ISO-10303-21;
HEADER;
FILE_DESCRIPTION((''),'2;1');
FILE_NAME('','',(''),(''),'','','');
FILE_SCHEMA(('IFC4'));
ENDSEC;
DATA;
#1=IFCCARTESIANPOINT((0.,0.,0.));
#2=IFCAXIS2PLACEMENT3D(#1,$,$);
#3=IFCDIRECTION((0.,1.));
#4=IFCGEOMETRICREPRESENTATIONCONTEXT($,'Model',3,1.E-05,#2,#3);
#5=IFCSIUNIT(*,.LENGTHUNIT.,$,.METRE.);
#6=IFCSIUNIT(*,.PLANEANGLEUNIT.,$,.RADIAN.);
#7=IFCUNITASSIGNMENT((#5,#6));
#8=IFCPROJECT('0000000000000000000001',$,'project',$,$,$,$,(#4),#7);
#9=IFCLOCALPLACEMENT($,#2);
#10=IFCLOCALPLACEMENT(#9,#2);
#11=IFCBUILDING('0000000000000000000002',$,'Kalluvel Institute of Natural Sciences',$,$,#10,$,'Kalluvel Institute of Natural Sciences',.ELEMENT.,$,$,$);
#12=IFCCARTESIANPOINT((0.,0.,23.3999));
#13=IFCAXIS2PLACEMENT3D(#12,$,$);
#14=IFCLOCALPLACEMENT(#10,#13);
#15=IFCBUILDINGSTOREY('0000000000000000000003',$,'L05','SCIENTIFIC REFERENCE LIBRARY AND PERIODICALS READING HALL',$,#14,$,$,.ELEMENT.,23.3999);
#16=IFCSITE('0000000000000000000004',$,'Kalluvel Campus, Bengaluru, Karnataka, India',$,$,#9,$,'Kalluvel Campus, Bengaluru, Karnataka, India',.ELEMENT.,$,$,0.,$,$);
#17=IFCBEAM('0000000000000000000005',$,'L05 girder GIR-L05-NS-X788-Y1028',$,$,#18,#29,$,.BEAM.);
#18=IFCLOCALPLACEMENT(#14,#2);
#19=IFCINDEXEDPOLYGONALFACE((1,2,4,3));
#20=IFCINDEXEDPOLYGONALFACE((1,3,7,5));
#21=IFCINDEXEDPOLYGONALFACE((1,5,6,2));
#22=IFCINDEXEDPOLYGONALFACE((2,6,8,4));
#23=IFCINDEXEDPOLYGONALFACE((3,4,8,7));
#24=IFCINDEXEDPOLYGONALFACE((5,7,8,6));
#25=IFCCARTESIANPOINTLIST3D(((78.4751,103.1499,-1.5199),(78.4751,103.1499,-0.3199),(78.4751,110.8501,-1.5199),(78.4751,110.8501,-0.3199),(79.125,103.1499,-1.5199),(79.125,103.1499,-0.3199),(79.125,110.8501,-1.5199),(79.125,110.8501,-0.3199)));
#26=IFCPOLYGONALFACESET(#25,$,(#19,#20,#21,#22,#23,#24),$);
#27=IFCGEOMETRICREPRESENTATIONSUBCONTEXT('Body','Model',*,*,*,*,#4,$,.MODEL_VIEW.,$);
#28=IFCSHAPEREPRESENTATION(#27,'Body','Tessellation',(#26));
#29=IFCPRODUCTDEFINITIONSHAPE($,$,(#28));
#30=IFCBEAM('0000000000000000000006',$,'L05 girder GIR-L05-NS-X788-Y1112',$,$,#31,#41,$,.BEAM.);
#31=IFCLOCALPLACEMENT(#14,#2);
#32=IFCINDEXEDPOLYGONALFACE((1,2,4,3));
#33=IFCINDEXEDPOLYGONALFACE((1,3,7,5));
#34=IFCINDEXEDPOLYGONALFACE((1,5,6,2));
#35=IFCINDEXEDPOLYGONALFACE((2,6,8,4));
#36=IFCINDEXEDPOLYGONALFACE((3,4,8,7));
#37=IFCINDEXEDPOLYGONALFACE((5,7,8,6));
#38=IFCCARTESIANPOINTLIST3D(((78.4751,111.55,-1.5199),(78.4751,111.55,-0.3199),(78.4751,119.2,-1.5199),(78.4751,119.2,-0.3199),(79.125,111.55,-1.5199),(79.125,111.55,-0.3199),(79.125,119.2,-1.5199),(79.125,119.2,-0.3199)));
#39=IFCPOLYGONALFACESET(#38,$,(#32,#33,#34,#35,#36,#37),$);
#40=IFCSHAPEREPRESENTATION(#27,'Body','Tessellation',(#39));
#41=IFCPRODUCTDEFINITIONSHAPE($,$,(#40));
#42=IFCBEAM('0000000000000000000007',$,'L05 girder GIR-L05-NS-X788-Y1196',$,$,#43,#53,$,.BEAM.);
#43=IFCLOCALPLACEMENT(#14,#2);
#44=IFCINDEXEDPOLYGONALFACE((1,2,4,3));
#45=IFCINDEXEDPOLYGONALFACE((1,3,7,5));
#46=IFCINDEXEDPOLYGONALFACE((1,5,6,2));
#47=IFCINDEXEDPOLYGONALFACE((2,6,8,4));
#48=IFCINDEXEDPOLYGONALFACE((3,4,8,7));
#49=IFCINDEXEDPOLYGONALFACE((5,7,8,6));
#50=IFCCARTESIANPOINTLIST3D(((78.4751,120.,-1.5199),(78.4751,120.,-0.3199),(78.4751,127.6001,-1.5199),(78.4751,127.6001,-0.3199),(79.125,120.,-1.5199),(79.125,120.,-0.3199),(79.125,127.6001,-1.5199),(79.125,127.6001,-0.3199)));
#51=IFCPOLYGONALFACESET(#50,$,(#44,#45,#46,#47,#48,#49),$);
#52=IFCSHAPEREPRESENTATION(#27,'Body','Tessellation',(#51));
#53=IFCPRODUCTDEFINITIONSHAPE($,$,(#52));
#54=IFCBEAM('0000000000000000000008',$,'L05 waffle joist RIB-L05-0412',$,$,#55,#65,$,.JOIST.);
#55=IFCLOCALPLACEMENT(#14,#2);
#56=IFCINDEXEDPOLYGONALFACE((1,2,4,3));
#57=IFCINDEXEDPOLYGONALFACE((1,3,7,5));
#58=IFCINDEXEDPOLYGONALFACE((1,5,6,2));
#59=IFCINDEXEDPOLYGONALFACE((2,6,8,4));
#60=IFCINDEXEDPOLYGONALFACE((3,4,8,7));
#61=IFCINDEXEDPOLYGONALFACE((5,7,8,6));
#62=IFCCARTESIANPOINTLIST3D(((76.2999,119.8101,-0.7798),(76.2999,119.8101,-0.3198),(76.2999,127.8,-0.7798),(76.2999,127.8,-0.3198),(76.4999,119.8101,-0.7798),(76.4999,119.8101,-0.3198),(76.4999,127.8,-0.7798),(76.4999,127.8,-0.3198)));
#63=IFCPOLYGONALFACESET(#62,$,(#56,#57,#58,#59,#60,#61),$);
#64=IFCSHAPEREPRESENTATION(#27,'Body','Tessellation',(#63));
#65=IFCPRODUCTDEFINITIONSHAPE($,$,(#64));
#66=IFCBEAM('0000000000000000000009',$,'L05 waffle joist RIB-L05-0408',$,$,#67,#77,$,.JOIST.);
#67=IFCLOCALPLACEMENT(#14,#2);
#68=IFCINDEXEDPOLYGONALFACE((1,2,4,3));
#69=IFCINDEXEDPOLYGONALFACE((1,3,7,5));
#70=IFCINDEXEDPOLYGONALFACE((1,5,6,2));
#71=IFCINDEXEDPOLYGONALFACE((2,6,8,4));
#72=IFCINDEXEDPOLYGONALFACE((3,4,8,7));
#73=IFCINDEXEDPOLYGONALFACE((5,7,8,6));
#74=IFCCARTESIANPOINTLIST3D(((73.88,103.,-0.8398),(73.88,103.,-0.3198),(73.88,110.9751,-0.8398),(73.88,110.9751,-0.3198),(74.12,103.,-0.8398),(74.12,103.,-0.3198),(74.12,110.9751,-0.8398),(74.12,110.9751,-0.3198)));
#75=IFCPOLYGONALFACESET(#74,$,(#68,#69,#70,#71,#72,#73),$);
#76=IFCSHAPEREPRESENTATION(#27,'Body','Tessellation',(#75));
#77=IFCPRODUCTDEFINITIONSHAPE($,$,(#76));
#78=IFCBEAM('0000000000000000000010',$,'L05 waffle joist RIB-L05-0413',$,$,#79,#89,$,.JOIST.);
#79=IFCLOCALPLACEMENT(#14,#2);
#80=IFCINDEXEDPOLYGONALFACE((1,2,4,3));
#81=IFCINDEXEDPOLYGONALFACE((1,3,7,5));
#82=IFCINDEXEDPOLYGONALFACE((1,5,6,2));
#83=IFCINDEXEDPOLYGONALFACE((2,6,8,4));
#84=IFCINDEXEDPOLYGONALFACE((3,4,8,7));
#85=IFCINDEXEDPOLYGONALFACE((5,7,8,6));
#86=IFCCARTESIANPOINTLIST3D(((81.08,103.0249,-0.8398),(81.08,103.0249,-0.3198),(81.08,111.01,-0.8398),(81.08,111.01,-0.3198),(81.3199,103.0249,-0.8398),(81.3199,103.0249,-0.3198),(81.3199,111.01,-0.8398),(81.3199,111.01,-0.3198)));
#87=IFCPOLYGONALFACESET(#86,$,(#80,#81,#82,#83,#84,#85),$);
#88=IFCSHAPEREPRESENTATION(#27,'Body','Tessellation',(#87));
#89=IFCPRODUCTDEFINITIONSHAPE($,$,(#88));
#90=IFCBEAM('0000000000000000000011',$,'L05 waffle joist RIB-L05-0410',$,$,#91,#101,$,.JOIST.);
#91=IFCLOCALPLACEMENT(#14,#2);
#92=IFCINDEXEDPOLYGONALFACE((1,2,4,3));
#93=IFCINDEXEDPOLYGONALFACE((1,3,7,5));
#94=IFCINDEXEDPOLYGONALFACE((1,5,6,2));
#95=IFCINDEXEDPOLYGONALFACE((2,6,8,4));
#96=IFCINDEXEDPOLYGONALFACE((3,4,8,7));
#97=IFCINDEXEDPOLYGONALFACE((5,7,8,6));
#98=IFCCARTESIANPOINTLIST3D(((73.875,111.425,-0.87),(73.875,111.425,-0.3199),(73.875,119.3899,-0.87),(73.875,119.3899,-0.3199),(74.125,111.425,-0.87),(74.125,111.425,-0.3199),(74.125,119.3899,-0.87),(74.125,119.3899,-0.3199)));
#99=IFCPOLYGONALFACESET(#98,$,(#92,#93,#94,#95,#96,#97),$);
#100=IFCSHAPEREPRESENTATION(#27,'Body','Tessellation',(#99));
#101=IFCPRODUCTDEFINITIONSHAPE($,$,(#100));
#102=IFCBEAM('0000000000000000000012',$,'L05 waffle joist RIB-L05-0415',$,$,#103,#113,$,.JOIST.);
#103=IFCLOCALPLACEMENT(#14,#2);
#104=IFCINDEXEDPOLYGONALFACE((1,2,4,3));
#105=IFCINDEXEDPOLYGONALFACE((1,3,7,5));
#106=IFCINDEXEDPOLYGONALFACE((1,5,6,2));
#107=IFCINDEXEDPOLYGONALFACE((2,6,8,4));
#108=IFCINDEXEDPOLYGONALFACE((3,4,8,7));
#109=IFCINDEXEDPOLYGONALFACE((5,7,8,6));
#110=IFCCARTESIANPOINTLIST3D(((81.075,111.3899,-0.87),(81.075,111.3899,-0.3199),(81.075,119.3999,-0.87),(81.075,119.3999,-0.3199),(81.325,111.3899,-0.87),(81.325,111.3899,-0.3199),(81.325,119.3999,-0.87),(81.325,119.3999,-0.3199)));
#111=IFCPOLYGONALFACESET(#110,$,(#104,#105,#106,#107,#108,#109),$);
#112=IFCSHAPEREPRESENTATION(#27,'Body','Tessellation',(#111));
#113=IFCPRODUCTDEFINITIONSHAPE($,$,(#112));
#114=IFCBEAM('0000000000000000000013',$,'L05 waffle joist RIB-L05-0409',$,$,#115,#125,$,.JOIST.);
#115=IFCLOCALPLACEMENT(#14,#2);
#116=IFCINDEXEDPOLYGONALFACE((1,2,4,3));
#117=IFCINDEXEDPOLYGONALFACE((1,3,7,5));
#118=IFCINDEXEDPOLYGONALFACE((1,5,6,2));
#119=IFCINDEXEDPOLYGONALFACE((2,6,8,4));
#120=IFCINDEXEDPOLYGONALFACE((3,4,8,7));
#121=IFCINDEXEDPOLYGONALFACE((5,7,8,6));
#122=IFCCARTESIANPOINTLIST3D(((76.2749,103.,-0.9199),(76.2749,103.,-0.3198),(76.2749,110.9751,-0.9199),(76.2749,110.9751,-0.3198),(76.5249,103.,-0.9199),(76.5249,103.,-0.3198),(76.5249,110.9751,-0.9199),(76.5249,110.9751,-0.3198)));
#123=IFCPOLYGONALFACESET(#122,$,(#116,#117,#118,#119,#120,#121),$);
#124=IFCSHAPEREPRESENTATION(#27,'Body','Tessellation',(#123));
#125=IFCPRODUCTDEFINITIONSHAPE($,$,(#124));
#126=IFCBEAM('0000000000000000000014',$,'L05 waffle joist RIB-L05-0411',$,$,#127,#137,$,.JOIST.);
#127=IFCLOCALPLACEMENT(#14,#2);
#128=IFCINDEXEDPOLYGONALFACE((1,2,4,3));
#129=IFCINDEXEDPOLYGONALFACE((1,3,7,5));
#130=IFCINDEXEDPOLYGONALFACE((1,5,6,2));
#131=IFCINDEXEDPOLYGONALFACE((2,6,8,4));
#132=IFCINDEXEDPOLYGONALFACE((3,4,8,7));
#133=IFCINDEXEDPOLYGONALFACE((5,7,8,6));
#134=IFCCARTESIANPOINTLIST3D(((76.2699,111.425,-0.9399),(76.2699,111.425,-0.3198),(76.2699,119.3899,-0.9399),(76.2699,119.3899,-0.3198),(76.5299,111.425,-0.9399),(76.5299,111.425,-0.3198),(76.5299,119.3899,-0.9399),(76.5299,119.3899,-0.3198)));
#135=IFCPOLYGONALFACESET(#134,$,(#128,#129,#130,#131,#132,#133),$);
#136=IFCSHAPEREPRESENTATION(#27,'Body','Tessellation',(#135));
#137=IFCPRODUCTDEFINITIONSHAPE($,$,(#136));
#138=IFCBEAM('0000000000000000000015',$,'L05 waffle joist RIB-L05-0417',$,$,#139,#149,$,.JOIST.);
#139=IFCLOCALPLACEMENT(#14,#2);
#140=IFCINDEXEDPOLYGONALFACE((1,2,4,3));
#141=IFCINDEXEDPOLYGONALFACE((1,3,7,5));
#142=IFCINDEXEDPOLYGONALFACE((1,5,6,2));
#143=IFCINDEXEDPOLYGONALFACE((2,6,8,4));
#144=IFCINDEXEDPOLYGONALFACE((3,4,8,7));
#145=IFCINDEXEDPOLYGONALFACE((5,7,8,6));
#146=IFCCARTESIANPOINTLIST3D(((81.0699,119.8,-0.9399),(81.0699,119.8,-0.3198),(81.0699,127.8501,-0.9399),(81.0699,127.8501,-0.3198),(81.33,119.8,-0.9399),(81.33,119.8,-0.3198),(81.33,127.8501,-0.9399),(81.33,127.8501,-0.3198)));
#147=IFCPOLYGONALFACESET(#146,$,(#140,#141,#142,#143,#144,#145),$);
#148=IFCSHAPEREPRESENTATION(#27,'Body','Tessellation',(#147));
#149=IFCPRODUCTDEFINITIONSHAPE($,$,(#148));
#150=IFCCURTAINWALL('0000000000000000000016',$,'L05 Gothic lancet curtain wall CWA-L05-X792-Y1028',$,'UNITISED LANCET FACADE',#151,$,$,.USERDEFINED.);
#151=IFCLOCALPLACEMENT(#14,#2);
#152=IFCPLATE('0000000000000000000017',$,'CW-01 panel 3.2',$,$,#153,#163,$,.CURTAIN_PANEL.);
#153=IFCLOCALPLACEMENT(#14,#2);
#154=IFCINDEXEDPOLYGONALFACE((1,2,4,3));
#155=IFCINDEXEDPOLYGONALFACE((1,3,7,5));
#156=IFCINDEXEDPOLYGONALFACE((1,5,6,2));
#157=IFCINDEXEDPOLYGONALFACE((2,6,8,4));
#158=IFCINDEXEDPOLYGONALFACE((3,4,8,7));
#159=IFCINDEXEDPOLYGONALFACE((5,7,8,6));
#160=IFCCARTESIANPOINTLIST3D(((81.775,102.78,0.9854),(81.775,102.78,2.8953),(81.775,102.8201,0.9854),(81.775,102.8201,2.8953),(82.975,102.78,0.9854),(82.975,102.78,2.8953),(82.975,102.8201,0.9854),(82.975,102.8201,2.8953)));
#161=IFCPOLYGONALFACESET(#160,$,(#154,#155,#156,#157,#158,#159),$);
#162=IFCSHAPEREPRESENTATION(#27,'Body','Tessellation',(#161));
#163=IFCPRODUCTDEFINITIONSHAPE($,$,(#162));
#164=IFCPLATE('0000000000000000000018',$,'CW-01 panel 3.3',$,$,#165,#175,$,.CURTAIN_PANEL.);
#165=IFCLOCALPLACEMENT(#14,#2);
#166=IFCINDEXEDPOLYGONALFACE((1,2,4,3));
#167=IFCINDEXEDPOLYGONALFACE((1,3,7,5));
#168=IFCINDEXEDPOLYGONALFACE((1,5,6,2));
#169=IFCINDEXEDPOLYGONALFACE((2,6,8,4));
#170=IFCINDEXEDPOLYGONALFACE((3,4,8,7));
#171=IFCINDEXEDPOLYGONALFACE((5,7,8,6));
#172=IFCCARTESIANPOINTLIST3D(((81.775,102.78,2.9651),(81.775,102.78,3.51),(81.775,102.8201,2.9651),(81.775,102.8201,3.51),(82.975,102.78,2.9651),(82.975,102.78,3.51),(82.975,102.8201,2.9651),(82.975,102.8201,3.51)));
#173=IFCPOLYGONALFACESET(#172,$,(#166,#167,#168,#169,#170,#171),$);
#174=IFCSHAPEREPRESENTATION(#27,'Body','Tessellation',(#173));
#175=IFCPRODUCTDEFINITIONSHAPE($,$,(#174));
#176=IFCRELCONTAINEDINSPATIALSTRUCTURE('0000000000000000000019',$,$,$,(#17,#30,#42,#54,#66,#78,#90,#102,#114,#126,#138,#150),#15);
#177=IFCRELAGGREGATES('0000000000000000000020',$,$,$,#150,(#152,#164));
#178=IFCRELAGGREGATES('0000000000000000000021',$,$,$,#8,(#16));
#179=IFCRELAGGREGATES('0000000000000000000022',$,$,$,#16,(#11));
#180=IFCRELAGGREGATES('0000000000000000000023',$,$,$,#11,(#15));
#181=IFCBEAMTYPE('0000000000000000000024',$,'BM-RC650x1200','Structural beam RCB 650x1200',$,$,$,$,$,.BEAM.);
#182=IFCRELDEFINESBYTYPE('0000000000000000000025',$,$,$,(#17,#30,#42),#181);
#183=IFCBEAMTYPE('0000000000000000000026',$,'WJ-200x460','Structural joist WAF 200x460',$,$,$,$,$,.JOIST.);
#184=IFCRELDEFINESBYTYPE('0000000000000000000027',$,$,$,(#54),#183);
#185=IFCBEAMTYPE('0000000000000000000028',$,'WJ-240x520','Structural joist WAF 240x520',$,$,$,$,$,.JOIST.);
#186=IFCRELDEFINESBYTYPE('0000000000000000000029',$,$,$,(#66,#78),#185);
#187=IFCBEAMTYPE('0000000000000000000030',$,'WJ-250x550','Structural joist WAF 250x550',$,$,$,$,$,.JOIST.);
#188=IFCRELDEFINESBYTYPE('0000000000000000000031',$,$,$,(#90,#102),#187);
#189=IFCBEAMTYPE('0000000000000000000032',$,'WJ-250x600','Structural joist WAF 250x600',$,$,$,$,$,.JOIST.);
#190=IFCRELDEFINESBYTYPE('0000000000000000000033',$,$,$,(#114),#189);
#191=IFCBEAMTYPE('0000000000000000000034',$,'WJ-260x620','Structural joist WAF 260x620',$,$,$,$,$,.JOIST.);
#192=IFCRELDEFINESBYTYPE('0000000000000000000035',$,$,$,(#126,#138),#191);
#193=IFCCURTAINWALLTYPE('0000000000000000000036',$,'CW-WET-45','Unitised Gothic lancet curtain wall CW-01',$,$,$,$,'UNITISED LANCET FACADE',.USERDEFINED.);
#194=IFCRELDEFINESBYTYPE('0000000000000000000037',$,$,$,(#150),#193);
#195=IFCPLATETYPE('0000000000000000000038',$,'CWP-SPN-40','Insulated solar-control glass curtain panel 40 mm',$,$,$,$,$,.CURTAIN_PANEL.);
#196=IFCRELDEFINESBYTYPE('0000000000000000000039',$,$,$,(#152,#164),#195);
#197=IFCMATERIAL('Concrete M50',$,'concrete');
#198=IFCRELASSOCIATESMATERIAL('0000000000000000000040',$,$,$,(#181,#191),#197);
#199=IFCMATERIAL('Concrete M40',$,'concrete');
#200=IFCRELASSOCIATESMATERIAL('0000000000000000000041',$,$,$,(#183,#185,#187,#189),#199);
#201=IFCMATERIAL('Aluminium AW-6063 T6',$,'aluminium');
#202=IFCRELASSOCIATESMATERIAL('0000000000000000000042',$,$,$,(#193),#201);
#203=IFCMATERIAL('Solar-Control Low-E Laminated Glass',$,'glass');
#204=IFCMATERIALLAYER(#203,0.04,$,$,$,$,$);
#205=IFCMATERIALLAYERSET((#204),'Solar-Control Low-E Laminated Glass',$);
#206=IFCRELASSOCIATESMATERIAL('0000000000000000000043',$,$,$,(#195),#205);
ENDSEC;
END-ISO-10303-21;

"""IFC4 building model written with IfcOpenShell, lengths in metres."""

from ifc_helpers import new_model, si_unit, direction, frame, origin, origin_2d, place, context, subcontext, project, spatial, rectangle, extrude, material, layer, layer_set, material_profile, profile_set, type_object, element, aggregate, save


model = new_model("IFC4")

# Units and contexts
model_context = context("Model", 3, precision=1e-05, world=origin(), true_north=direction((0.0, 1.0)))
body_context = subcontext(model_context, "Body", "Model", "MODEL_VIEW")
ifc_project = project(units=[si_unit("LENGTHUNIT", "METRE"), si_unit("PLANEANGLEUNIT", "RADIAN")], contexts=[model_context])

# Site, building, storey
site_placement = place(None, origin())
site = spatial("IfcSite", under=ifc_project, at=site_placement, Name="Kalluvel Campus, Bengaluru, Karnataka, India", LongName="Kalluvel Campus, Bengaluru, Karnataka, India", CompositionType="ELEMENT", RefElevation=0.0)
building_placement = place(site_placement, origin())
building = spatial("IfcBuilding", under=site, at=building_placement, Name="Kalluvel Institute of Natural Sciences", LongName="Kalluvel Institute of Natural Sciences", CompositionType="ELEMENT")
storey_placement = place(building_placement, frame((0.0, 0.0, 23.3999)))
storey = spatial("IfcBuildingStorey", under=building, at=storey_placement, Name="L05", Description="SCIENTIFIC REFERENCE LIBRARY AND PERIODICALS READING HALL", CompositionType="ELEMENT", Elevation=23.3999)

# Shared definitions
ifc_material_1 = material(Name="Concrete M50", Category="concrete")
ifc_material_2 = material(Name="Concrete M40", Category="concrete")

# Beams
ifc_material_profile_1 = material_profile(ifc_material_1, rectangle(XDim=0.6499, YDim=1.2, at=origin_2d()), Name="RCB 650x1200")
ifc_profile_set_1 = profile_set([ifc_material_profile_1], Name="Concrete M50")
beam_type_1 = type_object("IfcBeamType", Name="BM-RC650x1200", Description="Structural beam RCB 650x1200", PredefinedType="BEAM", material=ifc_profile_set_1)
beam_1_placement = place(storey_placement, frame((78.8, 103.1499, -0.9199), z_axis=(0.0, 1.0, 0.0), x_axis=(-1.0, 0.0, 0.0)))
element("IfcBeam", 1, at=beam_1_placement, inside=storey, type_object=beam_type_1, Name="L05 girder GIR-L05-NS-X788-Y1028", PredefinedType="BEAM", context=body_context, shape_type="SweptSolid", body=[
    extrude(rectangle(XDim=0.6499, YDim=1.2, at=origin_2d()), origin(), (0.0, 0.0, 1.0), 7.7002),
])
beam_2_placement = place(storey_placement, frame((78.8, 111.55, -0.9199), z_axis=(0.0, 1.0, 0.0), x_axis=(-1.0, 0.0, 0.0)))
element("IfcBeam", 2, at=beam_2_placement, inside=storey, type_object=beam_type_1, Name="L05 girder GIR-L05-NS-X788-Y1112", PredefinedType="BEAM", context=body_context, shape_type="SweptSolid", body=[
    extrude(rectangle(XDim=0.6499, YDim=1.2, at=origin_2d()), origin(), (0.0, 0.0, 1.0), 7.6499),
])
beam_3_placement = place(storey_placement, frame((78.8, 120.0, -0.9199), z_axis=(0.0, 1.0, 0.0), x_axis=(-1.0, 0.0, 0.0)))
element("IfcBeam", 3, at=beam_3_placement, inside=storey, type_object=beam_type_1, Name="L05 girder GIR-L05-NS-X788-Y1196", PredefinedType="BEAM", context=body_context, shape_type="SweptSolid", body=[
    extrude(rectangle(XDim=0.6499, YDim=1.2, at=origin_2d()), origin(), (0.0, 0.0, 1.0), 7.6001),
])
ifc_material_profile_2 = material_profile(ifc_material_2, rectangle(XDim=0.2, YDim=0.46, at=origin_2d()), Name="WAF 200x460")
ifc_profile_set_2 = profile_set([ifc_material_profile_2], Name="Concrete M40")
beam_type_2 = type_object("IfcBeamType", Name="WJ-200x460", Description="Structural joist WAF 200x460", PredefinedType="JOIST", material=ifc_profile_set_2)
beam_4_placement = place(storey_placement, frame((76.3999, 119.8101, -0.5498), z_axis=(0.0, 1.0, 0.0), x_axis=(-1.0, 0.0, 0.0)))
element("IfcBeam", 4, at=beam_4_placement, inside=storey, type_object=beam_type_2, Name="L05 waffle joist RIB-L05-0412", PredefinedType="JOIST", context=body_context, shape_type="SweptSolid", body=[
    extrude(rectangle(XDim=0.2, YDim=0.46, at=origin_2d()), origin(), (0.0, 0.0, 1.0), 7.99),
])
ifc_material_profile_3 = material_profile(ifc_material_2, rectangle(XDim=0.24, YDim=0.52, at=origin_2d()), Name="WAF 240x520")
ifc_profile_set_3 = profile_set([ifc_material_profile_3], Name="Concrete M40")
beam_type_3 = type_object("IfcBeamType", Name="WJ-240x520", Description="Structural joist WAF 240x520", PredefinedType="JOIST", material=ifc_profile_set_3)
beam_5_placement = place(storey_placement, frame((74.0, 103.0, -0.5798), z_axis=(0.0, 1.0, 0.0), x_axis=(-1.0, 0.0, 0.0)))
element("IfcBeam", 5, at=beam_5_placement, inside=storey, type_object=beam_type_3, Name="L05 waffle joist RIB-L05-0408", PredefinedType="JOIST", context=body_context, shape_type="SweptSolid", body=[
    extrude(rectangle(XDim=0.24, YDim=0.52, at=origin_2d()), origin(), (0.0, 0.0, 1.0), 7.9751),
])
beam_6_placement = place(storey_placement, frame((81.2, 103.0249, -0.5798), z_axis=(0.0, 1.0, 0.0), x_axis=(-1.0, 0.0, 0.0)))
element("IfcBeam", 6, at=beam_6_placement, inside=storey, type_object=beam_type_3, Name="L05 waffle joist RIB-L05-0413", PredefinedType="JOIST", context=body_context, shape_type="SweptSolid", body=[
    extrude(rectangle(XDim=0.24, YDim=0.52, at=origin_2d()), origin(), (0.0, 0.0, 1.0), 7.9851),
])
ifc_material_profile_4 = material_profile(ifc_material_2, rectangle(XDim=0.25, YDim=0.55, at=origin_2d()), Name="WAF 250x550")
ifc_profile_set_4 = profile_set([ifc_material_profile_4], Name="Concrete M40")
beam_type_4 = type_object("IfcBeamType", Name="WJ-250x550", Description="Structural joist WAF 250x550", PredefinedType="JOIST", material=ifc_profile_set_4)
beam_7_placement = place(storey_placement, frame((74.0, 111.425, -0.595), z_axis=(0.0, 1.0, 0.0), x_axis=(-1.0, 0.0, 0.0)))
element("IfcBeam", 7, at=beam_7_placement, inside=storey, type_object=beam_type_4, Name="L05 waffle joist RIB-L05-0410", PredefinedType="JOIST", context=body_context, shape_type="SweptSolid", body=[
    extrude(rectangle(XDim=0.25, YDim=0.55, at=origin_2d()), origin(), (0.0, 0.0, 1.0), 7.9648),
])
beam_8_placement = place(storey_placement, frame((81.2, 111.3899, -0.595), z_axis=(0.0, 1.0, 0.0), x_axis=(-1.0, 0.0, 0.0)))
element("IfcBeam", 8, at=beam_8_placement, inside=storey, type_object=beam_type_4, Name="L05 waffle joist RIB-L05-0415", PredefinedType="JOIST", context=body_context, shape_type="SweptSolid", body=[
    extrude(rectangle(XDim=0.25, YDim=0.55, at=origin_2d()), origin(), (0.0, 0.0, 1.0), 8.01),
])
ifc_material_profile_5 = material_profile(ifc_material_2, rectangle(XDim=0.25, YDim=0.6001, at=origin_2d()), Name="WAF 250x600")
ifc_profile_set_5 = profile_set([ifc_material_profile_5], Name="Concrete M40")
beam_type_5 = type_object("IfcBeamType", Name="WJ-250x600", Description="Structural joist WAF 250x600", PredefinedType="JOIST", material=ifc_profile_set_5)
beam_9_placement = place(storey_placement, frame((76.3999, 103.0, -0.6199), z_axis=(0.0, 1.0, 0.0), x_axis=(-1.0, 0.0, 0.0)))
element("IfcBeam", 9, at=beam_9_placement, inside=storey, type_object=beam_type_5, Name="L05 waffle joist RIB-L05-0409", PredefinedType="JOIST", context=body_context, shape_type="SweptSolid", body=[
    extrude(rectangle(XDim=0.25, YDim=0.6001, at=origin_2d()), origin(), (0.0, 0.0, 1.0), 7.9751),
])
ifc_material_profile_6 = material_profile(ifc_material_1, rectangle(XDim=0.26, YDim=0.6201, at=origin_2d()), Name="WAF 260x620")
ifc_profile_set_6 = profile_set([ifc_material_profile_6], Name="Concrete M50")
beam_type_6 = type_object("IfcBeamType", Name="WJ-260x620", Description="Structural joist WAF 260x620", PredefinedType="JOIST", material=ifc_profile_set_6)
beam_10_placement = place(storey_placement, frame((76.3999, 111.425, -0.6299), z_axis=(0.0, 1.0, 0.0), x_axis=(-1.0, 0.0, 0.0)))
element("IfcBeam", 10, at=beam_10_placement, inside=storey, type_object=beam_type_6, Name="L05 waffle joist RIB-L05-0411", PredefinedType="JOIST", context=body_context, shape_type="SweptSolid", body=[
    extrude(rectangle(XDim=0.26, YDim=0.6201, at=origin_2d()), origin(), (0.0, 0.0, 1.0), 7.9648),
])
beam_11_placement = place(storey_placement, frame((81.2, 119.8, -0.6299), z_axis=(0.0, 1.0, 0.0), x_axis=(-1.0, 0.0, 0.0)))
element("IfcBeam", 11, at=beam_11_placement, inside=storey, type_object=beam_type_6, Name="L05 waffle joist RIB-L05-0417", PredefinedType="JOIST", context=body_context, shape_type="SweptSolid", body=[
    extrude(rectangle(XDim=0.26, YDim=0.6201, at=origin_2d()), origin(), (0.0, 0.0, 1.0), 8.05),
])

# Curtain wall, plates
ifc_material_3 = material(Name="Aluminium AW-6063 T6", Category="aluminium")
curtain_wall_type = type_object("IfcCurtainWallType", Name="CW-WET-45", Description="Unitised Gothic lancet curtain wall CW-01", ElementType="UNITISED LANCET FACADE", PredefinedType="USERDEFINED", material=ifc_material_3)
curtain_wall_placement = place(storey_placement, origin())
curtain_wall = element("IfcCurtainWall", 12, at=curtain_wall_placement, inside=storey, type_object=curtain_wall_type, Name="L05 Gothic lancet curtain wall CWA-L05-X792-Y1028", ObjectType="UNITISED LANCET FACADE", PredefinedType="USERDEFINED")
ifc_material_4 = material(Name="Solar-Control Low-E Laminated Glass", Category="glass")
ifc_layer_1 = layer(ifc_material_4, 0.04)
ifc_layer_set_1 = layer_set([ifc_layer_1], Name="Solar-Control Low-E Laminated Glass")
plate_type = type_object("IfcPlateType", Name="CWP-SPN-40", Description="Insulated solar-control glass curtain panel 40 mm", PredefinedType="CURTAIN_PANEL", material=ifc_layer_set_1)
plate_1_placement = place(storey_placement, frame((82.375, 102.8, 0.9854), z_axis=(0.0, 0.0, 1.0), x_axis=(1.0, 0.0, 0.0)))
plate_1 = element("IfcPlate", 13, at=plate_1_placement, type_object=plate_type, Name="CW-01 panel 3.2", PredefinedType="CURTAIN_PANEL", context=body_context, shape_type="SweptSolid", body=[
    extrude(rectangle(XDim=1.2, YDim=0.04, at=origin_2d()), origin(), (0.0, 0.0, 1.0), 1.9099),
])
plate_2_placement = place(storey_placement, frame((82.375, 102.8, 2.9651), z_axis=(0.0, 0.0, 1.0), x_axis=(1.0, 0.0, 0.0)))
plate_2 = element("IfcPlate", 14, at=plate_2_placement, type_object=plate_type, Name="CW-01 panel 3.3", PredefinedType="CURTAIN_PANEL", context=body_context, shape_type="SweptSolid", body=[
    extrude(rectangle(XDim=1.2, YDim=0.04, at=origin_2d()), origin(), (0.0, 0.0, 1.0), 0.5449),
])
aggregate(curtain_wall, [plate_1, plate_2])

save(model, "model.ifc")
